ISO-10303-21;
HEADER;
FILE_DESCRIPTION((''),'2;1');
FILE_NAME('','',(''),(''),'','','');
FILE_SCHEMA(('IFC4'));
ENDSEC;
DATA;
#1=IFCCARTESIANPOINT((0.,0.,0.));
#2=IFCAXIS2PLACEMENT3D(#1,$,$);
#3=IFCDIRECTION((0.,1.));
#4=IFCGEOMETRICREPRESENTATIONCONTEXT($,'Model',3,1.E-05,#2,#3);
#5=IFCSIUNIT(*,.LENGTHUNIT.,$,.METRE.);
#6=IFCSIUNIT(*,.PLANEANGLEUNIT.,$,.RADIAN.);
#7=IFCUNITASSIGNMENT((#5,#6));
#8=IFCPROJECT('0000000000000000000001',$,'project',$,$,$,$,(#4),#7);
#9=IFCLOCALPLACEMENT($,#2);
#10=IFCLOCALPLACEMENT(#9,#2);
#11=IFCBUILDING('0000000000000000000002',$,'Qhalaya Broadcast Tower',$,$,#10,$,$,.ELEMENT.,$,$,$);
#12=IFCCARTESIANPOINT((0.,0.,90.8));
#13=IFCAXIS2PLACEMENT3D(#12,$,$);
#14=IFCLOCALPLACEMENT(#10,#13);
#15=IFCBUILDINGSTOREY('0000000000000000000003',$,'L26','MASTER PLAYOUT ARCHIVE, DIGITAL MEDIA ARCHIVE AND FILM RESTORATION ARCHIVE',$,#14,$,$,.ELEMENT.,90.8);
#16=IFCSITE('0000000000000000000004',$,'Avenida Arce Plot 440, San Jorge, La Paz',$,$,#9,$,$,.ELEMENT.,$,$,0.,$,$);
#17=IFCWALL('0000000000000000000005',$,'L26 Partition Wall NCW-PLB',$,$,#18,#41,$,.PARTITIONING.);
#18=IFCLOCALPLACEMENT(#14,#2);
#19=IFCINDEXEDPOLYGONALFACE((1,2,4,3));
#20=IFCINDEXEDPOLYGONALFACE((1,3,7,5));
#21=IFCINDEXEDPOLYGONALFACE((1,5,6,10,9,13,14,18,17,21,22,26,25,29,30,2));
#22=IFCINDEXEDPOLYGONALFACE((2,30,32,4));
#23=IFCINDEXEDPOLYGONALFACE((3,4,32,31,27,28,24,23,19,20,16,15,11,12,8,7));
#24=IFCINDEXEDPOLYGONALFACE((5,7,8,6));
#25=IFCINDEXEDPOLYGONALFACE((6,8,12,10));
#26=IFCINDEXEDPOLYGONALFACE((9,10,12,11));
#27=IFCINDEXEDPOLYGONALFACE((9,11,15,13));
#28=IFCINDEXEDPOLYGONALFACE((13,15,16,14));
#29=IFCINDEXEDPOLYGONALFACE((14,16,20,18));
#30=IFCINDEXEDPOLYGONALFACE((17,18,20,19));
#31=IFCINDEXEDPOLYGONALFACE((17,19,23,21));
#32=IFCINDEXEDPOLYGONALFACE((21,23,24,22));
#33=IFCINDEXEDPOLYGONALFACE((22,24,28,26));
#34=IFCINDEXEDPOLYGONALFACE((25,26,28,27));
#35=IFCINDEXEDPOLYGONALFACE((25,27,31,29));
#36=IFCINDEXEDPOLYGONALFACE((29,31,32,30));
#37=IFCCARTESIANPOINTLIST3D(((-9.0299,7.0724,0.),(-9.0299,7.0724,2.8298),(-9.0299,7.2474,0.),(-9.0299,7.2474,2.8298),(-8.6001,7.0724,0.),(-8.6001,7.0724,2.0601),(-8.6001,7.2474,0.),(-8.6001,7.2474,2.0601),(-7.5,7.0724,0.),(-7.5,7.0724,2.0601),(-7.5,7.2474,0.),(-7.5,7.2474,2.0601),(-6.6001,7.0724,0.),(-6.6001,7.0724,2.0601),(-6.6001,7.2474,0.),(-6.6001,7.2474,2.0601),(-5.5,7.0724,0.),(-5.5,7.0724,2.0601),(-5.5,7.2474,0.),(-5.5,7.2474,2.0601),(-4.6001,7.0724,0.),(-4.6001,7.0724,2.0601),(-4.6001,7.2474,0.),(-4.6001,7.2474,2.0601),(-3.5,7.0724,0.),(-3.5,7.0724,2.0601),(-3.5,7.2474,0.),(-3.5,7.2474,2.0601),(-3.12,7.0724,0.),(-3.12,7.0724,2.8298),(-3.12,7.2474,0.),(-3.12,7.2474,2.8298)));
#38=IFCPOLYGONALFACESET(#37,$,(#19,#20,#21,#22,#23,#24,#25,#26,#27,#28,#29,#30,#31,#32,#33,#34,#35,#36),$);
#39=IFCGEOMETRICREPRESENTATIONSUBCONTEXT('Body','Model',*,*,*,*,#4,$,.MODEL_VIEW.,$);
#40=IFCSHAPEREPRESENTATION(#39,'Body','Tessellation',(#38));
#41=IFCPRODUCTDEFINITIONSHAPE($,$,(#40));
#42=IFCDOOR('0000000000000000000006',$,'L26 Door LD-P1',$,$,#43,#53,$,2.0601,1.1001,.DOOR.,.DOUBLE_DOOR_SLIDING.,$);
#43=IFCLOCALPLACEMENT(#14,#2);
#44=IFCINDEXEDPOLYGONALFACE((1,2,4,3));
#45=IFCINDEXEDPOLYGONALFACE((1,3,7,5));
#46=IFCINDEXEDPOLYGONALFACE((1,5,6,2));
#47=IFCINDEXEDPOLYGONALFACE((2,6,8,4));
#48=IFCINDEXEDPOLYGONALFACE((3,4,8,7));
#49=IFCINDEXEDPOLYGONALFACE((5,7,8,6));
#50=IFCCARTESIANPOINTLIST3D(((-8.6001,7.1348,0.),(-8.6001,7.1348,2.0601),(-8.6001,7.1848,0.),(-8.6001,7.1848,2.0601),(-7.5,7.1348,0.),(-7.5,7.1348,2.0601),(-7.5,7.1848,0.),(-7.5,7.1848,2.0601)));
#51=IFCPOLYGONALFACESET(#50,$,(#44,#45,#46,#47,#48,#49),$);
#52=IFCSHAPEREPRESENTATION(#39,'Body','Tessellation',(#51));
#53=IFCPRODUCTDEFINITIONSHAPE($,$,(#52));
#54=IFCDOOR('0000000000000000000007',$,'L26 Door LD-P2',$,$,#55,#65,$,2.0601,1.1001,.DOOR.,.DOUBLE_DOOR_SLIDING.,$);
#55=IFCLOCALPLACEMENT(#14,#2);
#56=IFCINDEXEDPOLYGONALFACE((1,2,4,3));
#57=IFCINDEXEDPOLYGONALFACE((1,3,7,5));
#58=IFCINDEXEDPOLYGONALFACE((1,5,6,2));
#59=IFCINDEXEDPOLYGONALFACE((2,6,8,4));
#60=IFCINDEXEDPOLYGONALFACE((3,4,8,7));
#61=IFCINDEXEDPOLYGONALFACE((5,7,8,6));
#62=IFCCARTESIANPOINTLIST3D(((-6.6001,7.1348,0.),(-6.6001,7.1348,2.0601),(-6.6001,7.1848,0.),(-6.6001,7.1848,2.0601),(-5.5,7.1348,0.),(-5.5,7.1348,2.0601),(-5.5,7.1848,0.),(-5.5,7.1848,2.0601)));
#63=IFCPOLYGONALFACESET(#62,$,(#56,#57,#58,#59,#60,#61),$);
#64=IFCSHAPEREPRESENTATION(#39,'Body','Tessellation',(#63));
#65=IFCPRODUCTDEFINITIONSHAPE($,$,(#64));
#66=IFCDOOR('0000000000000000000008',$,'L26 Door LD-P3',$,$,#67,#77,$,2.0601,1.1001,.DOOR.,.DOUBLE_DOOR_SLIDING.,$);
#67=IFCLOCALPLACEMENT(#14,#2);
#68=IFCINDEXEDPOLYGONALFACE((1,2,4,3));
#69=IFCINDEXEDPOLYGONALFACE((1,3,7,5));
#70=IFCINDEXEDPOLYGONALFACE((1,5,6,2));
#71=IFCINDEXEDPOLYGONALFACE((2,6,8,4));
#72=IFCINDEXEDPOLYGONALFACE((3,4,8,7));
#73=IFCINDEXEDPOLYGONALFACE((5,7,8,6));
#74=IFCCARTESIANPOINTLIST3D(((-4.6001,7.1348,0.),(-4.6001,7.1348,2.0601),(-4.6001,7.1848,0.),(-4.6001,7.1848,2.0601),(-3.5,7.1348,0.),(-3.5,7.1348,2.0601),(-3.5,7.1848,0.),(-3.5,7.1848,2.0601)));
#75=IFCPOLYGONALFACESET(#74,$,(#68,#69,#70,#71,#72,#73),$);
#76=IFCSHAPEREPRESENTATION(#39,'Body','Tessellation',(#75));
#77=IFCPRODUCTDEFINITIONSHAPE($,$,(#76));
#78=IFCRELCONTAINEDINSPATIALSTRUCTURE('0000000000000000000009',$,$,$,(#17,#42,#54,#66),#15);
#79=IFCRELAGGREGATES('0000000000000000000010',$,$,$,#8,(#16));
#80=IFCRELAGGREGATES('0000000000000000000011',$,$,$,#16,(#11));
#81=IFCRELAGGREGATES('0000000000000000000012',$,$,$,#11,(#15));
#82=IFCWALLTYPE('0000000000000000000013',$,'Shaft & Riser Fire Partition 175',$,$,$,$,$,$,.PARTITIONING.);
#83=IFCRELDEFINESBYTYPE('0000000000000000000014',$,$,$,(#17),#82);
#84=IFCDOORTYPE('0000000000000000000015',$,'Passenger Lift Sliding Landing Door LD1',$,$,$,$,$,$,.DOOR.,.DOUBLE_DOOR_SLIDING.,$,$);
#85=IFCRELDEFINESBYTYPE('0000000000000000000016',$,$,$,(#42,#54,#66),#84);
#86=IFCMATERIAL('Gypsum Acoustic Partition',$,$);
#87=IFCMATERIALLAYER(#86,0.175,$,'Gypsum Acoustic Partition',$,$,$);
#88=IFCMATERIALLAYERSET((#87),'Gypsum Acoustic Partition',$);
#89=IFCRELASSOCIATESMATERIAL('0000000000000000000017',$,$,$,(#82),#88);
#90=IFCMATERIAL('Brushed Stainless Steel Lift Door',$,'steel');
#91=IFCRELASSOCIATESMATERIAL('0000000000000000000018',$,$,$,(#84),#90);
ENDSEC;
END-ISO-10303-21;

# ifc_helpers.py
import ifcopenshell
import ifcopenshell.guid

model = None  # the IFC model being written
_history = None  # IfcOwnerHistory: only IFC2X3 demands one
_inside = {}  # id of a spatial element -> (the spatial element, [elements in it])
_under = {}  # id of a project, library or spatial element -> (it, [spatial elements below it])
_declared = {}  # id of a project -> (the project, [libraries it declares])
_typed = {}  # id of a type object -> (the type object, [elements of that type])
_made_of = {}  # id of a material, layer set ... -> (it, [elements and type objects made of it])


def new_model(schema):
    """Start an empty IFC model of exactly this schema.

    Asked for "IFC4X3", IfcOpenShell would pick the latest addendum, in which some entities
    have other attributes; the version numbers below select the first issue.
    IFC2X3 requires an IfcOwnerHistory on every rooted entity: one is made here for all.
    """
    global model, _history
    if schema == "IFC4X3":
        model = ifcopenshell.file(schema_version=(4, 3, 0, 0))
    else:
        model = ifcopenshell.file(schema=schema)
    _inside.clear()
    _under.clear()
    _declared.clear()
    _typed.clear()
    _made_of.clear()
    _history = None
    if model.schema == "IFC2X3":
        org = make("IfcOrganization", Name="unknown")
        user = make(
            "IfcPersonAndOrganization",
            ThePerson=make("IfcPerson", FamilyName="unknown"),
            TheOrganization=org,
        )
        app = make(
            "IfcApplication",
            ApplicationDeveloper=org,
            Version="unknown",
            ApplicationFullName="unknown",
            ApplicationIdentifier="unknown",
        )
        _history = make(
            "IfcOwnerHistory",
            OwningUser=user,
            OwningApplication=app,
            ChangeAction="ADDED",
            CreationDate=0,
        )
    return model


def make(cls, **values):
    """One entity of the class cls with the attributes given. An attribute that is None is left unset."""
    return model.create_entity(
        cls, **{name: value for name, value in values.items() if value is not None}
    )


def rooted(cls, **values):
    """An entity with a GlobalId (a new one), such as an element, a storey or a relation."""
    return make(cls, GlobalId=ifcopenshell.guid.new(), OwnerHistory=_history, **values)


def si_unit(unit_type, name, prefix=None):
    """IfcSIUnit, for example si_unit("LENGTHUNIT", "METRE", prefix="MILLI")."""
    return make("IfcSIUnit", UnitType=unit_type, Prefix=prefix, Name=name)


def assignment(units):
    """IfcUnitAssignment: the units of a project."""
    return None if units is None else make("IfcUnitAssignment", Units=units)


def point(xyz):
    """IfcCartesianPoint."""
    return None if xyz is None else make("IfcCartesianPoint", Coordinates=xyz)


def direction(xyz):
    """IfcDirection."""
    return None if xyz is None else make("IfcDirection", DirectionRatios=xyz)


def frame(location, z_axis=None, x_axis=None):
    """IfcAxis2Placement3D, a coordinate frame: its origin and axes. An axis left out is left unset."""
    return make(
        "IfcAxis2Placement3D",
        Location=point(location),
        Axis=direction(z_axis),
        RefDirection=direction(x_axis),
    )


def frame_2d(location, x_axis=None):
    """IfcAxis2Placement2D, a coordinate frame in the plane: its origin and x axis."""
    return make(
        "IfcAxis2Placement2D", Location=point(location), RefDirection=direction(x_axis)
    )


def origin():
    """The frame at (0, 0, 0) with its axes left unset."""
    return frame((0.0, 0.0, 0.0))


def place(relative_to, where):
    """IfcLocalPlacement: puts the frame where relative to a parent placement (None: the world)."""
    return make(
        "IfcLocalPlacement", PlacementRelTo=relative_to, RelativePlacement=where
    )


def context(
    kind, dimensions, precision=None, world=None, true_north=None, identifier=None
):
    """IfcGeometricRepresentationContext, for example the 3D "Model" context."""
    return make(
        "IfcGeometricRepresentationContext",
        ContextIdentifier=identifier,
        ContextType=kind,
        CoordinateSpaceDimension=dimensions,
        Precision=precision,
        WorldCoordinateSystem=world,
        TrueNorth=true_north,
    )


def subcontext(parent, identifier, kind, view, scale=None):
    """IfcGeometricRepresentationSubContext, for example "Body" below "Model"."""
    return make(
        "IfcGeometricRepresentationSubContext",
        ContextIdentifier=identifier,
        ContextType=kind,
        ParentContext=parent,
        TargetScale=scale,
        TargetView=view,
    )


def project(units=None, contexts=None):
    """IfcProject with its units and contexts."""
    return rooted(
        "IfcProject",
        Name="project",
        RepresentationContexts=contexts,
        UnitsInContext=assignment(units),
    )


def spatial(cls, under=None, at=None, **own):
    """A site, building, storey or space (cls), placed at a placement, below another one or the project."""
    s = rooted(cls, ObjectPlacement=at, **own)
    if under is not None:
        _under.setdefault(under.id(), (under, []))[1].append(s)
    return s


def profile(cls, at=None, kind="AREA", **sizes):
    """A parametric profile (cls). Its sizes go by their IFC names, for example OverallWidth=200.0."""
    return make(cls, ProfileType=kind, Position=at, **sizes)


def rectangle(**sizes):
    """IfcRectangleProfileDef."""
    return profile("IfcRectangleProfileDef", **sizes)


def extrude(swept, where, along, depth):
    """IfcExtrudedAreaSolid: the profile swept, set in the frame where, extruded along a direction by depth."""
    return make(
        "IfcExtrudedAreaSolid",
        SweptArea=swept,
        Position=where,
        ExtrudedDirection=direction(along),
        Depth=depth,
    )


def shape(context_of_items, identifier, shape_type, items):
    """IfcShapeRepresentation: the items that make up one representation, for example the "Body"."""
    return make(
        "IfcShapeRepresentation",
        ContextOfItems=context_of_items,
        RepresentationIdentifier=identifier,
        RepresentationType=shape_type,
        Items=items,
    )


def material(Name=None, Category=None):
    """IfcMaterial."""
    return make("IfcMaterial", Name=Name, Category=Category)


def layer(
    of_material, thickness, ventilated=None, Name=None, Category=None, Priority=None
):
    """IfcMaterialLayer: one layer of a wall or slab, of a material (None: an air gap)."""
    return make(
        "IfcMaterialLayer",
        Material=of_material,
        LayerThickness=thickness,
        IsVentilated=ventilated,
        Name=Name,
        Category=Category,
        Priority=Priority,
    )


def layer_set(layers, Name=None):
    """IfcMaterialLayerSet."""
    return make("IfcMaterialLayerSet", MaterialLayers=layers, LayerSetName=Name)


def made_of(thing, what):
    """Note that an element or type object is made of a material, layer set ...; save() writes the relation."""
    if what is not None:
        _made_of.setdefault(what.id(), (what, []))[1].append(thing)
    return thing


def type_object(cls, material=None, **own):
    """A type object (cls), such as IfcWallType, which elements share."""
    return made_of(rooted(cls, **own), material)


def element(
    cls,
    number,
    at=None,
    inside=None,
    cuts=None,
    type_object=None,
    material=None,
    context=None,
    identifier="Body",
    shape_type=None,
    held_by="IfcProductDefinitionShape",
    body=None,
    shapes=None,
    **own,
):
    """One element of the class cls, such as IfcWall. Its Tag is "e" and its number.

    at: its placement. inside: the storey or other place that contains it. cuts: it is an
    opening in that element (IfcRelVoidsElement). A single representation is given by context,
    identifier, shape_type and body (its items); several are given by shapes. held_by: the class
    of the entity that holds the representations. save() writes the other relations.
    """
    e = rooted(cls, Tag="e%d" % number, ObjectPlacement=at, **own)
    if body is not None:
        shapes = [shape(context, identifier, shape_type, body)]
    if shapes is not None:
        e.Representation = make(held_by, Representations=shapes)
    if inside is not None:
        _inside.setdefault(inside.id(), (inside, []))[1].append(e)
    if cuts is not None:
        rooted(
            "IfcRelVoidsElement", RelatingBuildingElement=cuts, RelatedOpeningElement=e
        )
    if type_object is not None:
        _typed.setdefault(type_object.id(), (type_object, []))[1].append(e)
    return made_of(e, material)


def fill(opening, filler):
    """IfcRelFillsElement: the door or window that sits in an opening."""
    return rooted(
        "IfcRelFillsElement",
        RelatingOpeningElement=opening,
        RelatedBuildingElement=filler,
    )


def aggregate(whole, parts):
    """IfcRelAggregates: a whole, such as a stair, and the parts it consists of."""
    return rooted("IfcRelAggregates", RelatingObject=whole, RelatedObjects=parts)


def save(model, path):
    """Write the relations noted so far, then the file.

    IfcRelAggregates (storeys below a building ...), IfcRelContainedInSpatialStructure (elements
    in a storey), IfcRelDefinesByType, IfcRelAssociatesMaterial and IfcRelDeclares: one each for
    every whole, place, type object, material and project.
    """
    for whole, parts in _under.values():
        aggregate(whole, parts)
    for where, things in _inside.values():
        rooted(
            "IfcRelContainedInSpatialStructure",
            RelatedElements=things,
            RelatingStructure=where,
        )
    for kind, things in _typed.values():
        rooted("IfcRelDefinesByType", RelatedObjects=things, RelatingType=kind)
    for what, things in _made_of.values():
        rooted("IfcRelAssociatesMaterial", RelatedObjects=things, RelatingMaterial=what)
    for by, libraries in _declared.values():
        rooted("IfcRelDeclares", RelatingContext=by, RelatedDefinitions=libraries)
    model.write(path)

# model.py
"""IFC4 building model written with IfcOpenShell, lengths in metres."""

from ifc_helpers import new_model, si_unit, direction, frame, frame_2d, origin, place, context, subcontext, project, spatial, rectangle, extrude, material, layer, layer_set, type_object, element, fill, save


model = new_model("IFC4")

# Units and contexts
model_context = context("Model", 3, precision=1e-05, world=origin(), true_north=direction((0.0, 1.0)))
body_context = subcontext(model_context, "Body", "Model", "MODEL_VIEW")
ifc_project = project(units=[si_unit("LENGTHUNIT", "METRE"), si_unit("PLANEANGLEUNIT", "RADIAN")], contexts=[model_context])

# Site, building, storey
site_placement = place(None, origin())
site = spatial("IfcSite", under=ifc_project, at=site_placement, Name="Avenida Arce Plot 440, San Jorge, La Paz", CompositionType="ELEMENT", RefElevation=0.0)
building_placement = place(site_placement, origin())
building = spatial("IfcBuilding", under=site, at=building_placement, Name="Qhalaya Broadcast Tower", CompositionType="ELEMENT")
storey_placement = place(building_placement, frame((0.0, 0.0, 90.8)))
storey = spatial("IfcBuildingStorey", under=building, at=storey_placement, Name="L26", Description="MASTER PLAYOUT ARCHIVE, DIGITAL MEDIA ARCHIVE AND FILM RESTORATION ARCHIVE", CompositionType="ELEMENT", Elevation=90.8)

# Shared definitions
ifc_material_1 = material(Name="Gypsum Acoustic Partition")

# Shared definitions
ifc_layer_1 = layer(ifc_material_1, 0.175, Name="Gypsum Acoustic Partition")
ifc_layer_set_1 = layer_set([ifc_layer_1], Name="Gypsum Acoustic Partition")
wall_type_1 = type_object("IfcWallType", Name="Shaft & Riser Fire Partition 175", PredefinedType="PARTITIONING", material=ifc_layer_set_1)

# Wall, openings, doors
wall_1_placement = place(storey_placement, frame((-9.03, 7.1599, 0.0), z_axis=(0.0, 0.0, 1.0), x_axis=(1.0, 0.0, 0.0)))
wall_1 = element("IfcWall", 1, at=wall_1_placement, inside=storey, type_object=wall_type_1, Name="L26 Partition Wall NCW-PLB", PredefinedType="PARTITIONING", context=body_context, shape_type="SweptSolid", body=[
    extrude(rectangle(XDim=5.9099, YDim=0.175, at=frame_2d((2.9551, 0.0))), origin(), (0.0, 0.0, 1.0), 2.8298),
])
opening_1_placement = place(wall_1_placement, frame((0.4299, 0.0, 0.0)))
opening_1 = element("IfcOpeningElement", 2, at=opening_1_placement, cuts=wall_1, PredefinedType="OPENING", context=body_context, shape_type="SweptSolid", body=[
    extrude(rectangle(XDim=1.1001, YDim=2.0601, at=frame_2d((0.55, 1.03))), frame((0.0, 0.0996, 0.0), z_axis=(0.0, -1.0, 0.0), x_axis=(1.0, 0.0, 0.0)), (0.0, 0.0, 1.0), 0.199),
])
opening_2_placement = place(wall_1_placement, frame((2.4299, 0.0, 0.0)))
opening_2 = element("IfcOpeningElement", 3, at=opening_2_placement, cuts=wall_1, PredefinedType="OPENING", context=body_context, shape_type="SweptSolid", body=[
    extrude(rectangle(XDim=1.1001, YDim=2.0601, at=frame_2d((0.55, 1.03))), frame((0.0, 0.0996, 0.0), z_axis=(0.0, -1.0, 0.0), x_axis=(1.0, 0.0, 0.0)), (0.0, 0.0, 1.0), 0.199),
])
opening_3_placement = place(wall_1_placement, frame((4.4299, 0.0, 0.0)))
opening_3 = element("IfcOpeningElement", 4, at=opening_3_placement, cuts=wall_1, PredefinedType="OPENING", context=body_context, shape_type="SweptSolid", body=[
    extrude(rectangle(XDim=1.1001, YDim=2.0601, at=frame_2d((0.55, 1.03))), frame((0.0, 0.0996, 0.0), z_axis=(0.0, -1.0, 0.0), x_axis=(1.0, 0.0, 0.0)), (0.0, 0.0, 1.0), 0.199),
])
ifc_material_2 = material(Name="Brushed Stainless Steel Lift Door", Category="steel")
door_type_1 = type_object("IfcDoorType", Name="Passenger Lift Sliding Landing Door LD1", OperationType="DOUBLE_DOOR_SLIDING", PredefinedType="DOOR", material=ifc_material_2)
door_1_placement = place(opening_1_placement, origin())
door_1 = element("IfcDoor", 5, at=door_1_placement, inside=storey, type_object=door_type_1, Name="L26 Door LD-P1", OperationType="DOUBLE_DOOR_SLIDING", OverallHeight=2.0601, OverallWidth=1.1001, PredefinedType="DOOR", context=body_context, shape_type="SweptSolid", body=[
    extrude(rectangle(XDim=1.1001, YDim=2.0601, at=frame_2d((0.55, 1.03))), frame((0.0, 0.0249, 0.0), z_axis=(0.0, -1.0, 0.0), x_axis=(1.0, 0.0, 0.0)), (0.0, 0.0, 1.0), 0.05),
])
fill(opening_1, door_1)
door_2_placement = place(opening_2_placement, origin())
door_2 = element("IfcDoor", 6, at=door_2_placement, inside=storey, type_object=door_type_1, Name="L26 Door LD-P2", OperationType="DOUBLE_DOOR_SLIDING", OverallHeight=2.0601, OverallWidth=1.1001, PredefinedType="DOOR", context=body_context, shape_type="SweptSolid", body=[
    extrude(rectangle(XDim=1.1001, YDim=2.0601, at=frame_2d((0.55, 1.03))), frame((0.0, 0.0249, 0.0), z_axis=(0.0, -1.0, 0.0), x_axis=(1.0, 0.0, 0.0)), (0.0, 0.0, 1.0), 0.05),
])
fill(opening_2, door_2)
door_3_placement = place(opening_3_placement, origin())
door_3 = element("IfcDoor", 7, at=door_3_placement, inside=storey, type_object=door_type_1, Name="L26 Door LD-P3", OperationType="DOUBLE_DOOR_SLIDING", OverallHeight=2.0601, OverallWidth=1.1001, PredefinedType="DOOR", context=body_context, shape_type="SweptSolid", body=[
    extrude(rectangle(XDim=1.1001, YDim=2.0601, at=frame_2d((0.55, 1.03))), frame((0.0, 0.0249, 0.0), z_axis=(0.0, -1.0, 0.0), x_axis=(1.0, 0.0, 0.0)), (0.0, 0.0, 1.0), 0.05),
])
fill(opening_3, door_3)

save(model, "model.ifc")
